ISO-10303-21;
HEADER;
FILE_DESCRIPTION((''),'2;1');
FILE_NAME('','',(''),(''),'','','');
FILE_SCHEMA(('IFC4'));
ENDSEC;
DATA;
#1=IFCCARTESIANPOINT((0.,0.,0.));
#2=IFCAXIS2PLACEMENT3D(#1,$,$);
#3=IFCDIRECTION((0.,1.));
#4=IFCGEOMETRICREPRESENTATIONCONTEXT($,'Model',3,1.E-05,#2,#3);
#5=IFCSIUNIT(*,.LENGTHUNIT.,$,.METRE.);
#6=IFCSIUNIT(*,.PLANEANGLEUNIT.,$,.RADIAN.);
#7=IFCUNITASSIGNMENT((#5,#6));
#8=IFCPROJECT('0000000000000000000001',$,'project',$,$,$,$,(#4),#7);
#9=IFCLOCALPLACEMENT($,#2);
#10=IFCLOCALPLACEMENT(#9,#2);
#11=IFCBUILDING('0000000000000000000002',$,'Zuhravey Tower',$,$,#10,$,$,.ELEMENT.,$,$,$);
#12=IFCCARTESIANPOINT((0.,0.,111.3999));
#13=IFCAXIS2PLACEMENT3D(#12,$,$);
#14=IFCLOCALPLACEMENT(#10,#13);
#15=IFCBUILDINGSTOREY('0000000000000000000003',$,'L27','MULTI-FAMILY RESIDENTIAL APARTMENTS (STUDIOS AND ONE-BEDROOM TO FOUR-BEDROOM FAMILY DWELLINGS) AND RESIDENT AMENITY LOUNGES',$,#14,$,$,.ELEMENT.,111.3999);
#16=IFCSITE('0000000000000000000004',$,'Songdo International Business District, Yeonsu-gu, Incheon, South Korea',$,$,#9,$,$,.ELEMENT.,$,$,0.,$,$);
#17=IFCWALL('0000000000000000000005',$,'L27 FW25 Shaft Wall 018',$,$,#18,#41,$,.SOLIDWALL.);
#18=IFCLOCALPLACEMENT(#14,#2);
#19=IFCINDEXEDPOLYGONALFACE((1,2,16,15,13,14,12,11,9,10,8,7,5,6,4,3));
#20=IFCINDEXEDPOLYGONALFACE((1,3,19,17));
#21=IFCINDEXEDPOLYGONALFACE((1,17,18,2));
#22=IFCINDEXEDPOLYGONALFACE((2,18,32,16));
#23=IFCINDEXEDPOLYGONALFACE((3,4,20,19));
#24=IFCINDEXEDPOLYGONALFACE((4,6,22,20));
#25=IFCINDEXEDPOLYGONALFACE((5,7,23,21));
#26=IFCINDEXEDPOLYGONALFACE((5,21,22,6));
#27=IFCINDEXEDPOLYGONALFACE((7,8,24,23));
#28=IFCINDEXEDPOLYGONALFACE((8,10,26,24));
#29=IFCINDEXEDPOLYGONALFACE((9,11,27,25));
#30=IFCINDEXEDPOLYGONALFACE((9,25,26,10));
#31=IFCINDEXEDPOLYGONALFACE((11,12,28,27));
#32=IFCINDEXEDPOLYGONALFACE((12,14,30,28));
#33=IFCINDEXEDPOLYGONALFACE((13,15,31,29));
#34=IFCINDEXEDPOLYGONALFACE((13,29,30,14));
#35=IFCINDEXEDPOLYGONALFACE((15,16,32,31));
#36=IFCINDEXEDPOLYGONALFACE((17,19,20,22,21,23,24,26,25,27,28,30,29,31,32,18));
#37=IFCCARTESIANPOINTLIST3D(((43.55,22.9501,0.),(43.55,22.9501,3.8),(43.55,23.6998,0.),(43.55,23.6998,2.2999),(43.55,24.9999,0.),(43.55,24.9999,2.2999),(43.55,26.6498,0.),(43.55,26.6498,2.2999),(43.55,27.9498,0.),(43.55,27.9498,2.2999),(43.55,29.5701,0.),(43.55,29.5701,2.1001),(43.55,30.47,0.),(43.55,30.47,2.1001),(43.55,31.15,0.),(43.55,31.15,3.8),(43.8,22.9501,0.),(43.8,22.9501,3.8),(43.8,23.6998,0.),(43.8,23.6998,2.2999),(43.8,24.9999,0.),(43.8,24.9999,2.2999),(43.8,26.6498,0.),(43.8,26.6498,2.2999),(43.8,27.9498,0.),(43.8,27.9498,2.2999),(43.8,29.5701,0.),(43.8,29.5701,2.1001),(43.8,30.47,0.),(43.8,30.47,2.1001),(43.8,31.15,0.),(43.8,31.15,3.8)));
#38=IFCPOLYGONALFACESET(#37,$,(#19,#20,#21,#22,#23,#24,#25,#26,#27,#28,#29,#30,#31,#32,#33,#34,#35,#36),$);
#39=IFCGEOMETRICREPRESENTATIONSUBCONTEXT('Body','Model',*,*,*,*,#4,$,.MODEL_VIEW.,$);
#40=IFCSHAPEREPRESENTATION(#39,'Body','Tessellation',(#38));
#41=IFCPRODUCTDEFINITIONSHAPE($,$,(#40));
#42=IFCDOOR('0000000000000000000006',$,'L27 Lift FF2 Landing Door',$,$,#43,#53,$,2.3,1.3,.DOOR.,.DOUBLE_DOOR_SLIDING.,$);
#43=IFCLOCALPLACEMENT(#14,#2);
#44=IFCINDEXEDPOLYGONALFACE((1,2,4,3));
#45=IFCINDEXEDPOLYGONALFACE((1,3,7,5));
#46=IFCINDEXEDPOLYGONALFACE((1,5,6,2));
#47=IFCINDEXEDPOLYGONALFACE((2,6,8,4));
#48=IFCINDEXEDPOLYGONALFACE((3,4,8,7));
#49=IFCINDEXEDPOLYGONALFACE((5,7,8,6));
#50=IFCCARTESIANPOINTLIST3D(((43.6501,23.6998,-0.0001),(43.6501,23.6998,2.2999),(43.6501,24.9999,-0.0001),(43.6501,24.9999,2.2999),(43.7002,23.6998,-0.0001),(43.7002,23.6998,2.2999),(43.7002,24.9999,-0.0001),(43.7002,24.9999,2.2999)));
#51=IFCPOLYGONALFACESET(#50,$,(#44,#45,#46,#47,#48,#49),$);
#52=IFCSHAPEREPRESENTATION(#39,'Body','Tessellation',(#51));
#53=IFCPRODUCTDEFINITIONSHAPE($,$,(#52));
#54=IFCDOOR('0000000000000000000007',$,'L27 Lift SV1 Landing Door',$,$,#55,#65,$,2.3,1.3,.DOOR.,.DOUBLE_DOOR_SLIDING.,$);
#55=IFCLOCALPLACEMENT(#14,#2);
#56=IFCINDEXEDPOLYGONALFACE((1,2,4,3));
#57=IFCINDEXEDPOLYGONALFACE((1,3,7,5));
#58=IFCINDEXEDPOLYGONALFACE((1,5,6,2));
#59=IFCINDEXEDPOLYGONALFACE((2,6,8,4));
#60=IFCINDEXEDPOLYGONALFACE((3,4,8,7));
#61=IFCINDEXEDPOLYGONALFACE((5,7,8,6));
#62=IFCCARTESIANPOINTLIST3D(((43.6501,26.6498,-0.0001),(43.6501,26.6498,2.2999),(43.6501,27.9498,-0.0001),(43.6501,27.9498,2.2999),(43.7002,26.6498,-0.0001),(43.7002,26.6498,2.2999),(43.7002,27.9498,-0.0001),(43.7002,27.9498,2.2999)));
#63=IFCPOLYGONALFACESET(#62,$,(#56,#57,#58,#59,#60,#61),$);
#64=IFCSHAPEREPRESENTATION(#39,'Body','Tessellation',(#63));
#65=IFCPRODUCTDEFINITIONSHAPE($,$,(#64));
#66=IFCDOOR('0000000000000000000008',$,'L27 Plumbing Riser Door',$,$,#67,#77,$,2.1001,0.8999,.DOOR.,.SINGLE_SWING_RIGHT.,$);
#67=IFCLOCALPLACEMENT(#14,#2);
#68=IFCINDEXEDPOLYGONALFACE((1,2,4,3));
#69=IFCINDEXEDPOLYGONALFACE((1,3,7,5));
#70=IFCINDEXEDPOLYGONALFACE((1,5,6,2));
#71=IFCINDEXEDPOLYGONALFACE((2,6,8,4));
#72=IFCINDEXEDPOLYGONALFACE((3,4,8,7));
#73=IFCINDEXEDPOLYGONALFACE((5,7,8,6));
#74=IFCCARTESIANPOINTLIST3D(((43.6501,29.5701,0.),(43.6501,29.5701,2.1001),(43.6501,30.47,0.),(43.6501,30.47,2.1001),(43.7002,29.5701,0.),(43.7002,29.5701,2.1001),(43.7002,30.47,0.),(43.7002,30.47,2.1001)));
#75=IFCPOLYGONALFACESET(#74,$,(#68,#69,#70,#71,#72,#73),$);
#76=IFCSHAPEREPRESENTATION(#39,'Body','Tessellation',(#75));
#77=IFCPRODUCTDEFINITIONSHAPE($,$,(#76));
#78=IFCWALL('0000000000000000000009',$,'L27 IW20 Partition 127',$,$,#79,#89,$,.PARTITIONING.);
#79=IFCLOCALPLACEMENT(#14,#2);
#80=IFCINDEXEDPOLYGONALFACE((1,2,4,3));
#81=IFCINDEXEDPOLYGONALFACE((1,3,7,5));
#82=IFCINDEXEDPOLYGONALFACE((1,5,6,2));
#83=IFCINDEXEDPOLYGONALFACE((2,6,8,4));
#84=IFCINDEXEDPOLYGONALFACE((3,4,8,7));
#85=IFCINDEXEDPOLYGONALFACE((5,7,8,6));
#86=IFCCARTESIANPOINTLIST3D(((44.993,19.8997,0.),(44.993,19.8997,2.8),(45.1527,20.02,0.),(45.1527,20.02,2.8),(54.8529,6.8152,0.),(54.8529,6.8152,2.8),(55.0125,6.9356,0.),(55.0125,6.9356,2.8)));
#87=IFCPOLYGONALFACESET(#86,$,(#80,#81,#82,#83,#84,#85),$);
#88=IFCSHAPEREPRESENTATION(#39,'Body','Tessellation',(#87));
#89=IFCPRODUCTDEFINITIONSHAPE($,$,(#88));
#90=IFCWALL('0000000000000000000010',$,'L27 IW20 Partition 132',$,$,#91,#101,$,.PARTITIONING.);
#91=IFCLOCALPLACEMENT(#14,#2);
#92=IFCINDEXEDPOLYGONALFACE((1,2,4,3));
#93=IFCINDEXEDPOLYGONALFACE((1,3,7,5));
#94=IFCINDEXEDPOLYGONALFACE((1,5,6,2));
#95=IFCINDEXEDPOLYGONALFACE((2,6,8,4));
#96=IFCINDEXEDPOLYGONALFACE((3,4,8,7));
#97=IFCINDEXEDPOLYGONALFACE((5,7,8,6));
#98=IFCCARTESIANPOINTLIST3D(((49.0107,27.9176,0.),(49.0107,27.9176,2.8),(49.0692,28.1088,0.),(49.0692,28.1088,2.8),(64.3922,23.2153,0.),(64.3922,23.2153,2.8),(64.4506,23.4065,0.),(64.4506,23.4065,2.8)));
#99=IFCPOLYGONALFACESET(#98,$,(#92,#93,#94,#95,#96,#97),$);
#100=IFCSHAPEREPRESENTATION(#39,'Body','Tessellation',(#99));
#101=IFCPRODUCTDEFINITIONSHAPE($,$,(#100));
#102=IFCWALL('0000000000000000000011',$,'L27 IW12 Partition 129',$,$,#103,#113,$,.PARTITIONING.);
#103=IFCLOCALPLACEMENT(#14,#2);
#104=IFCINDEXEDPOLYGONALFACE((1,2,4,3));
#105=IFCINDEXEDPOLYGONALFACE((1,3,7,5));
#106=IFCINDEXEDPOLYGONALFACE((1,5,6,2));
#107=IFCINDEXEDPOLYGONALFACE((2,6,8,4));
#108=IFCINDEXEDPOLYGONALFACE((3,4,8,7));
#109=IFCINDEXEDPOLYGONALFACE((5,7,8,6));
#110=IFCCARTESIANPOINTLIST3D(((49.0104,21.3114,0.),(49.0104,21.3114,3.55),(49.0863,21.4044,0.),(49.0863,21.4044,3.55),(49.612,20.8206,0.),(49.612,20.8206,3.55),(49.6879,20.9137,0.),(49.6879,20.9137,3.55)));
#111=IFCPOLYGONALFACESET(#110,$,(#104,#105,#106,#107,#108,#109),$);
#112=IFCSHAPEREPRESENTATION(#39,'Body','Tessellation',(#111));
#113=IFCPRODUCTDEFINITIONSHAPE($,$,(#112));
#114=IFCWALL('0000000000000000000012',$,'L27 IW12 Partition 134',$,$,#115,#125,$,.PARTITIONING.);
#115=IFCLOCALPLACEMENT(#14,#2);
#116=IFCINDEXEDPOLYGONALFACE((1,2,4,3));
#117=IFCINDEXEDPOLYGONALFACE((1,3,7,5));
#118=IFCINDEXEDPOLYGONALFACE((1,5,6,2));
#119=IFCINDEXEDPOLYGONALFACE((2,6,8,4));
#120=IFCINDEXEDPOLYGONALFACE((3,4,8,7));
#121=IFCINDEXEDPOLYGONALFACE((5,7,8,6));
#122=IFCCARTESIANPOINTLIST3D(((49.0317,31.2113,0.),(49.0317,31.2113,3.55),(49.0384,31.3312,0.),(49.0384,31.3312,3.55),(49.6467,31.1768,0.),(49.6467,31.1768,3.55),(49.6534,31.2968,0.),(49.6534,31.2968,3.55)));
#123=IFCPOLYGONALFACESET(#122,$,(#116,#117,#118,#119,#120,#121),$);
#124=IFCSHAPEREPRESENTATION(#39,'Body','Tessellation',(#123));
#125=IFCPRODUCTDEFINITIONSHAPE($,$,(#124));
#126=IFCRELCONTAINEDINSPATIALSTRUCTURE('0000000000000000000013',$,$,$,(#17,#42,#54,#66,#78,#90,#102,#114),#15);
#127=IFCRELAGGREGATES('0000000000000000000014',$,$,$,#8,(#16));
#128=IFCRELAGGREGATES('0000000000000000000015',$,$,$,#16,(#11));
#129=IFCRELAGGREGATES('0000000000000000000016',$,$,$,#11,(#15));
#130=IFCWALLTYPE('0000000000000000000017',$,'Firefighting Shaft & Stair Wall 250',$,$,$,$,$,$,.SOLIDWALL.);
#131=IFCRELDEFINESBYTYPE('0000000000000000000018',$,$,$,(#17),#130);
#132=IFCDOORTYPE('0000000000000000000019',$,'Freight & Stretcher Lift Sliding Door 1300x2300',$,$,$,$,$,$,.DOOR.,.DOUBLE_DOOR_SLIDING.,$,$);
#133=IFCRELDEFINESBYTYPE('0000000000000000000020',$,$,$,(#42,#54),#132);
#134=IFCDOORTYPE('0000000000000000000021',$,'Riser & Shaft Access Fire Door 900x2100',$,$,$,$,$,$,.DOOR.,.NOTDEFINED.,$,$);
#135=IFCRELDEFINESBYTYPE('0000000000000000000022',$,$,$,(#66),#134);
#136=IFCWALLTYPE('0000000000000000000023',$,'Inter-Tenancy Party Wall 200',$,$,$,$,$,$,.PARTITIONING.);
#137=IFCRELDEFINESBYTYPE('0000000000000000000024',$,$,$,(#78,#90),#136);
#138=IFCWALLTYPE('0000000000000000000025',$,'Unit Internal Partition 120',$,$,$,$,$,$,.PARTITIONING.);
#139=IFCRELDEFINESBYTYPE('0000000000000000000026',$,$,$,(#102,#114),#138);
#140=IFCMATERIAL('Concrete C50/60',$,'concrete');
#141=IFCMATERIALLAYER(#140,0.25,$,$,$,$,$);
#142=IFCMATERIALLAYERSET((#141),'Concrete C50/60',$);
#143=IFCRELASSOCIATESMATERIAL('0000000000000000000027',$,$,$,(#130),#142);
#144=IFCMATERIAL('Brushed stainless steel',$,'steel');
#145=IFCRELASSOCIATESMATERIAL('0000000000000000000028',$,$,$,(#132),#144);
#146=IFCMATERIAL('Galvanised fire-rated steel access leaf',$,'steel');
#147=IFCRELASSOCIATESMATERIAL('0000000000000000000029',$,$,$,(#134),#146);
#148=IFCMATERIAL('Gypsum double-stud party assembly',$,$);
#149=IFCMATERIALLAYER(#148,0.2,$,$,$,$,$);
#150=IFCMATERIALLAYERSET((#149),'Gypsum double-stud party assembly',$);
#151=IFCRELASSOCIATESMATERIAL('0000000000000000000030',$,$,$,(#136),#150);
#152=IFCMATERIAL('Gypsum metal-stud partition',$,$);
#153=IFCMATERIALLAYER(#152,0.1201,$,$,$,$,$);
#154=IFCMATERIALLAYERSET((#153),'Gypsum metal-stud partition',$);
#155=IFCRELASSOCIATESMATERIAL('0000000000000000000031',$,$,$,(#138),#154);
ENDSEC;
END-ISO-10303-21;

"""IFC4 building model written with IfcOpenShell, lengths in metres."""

from ifc_helpers import new_model, si_unit, direction, frame, frame_2d, origin, place, context, subcontext, project, spatial, rectangle, extrude, material, layer, layer_set, type_object, element, fill, save


model = new_model("IFC4")

# Units and contexts
model_context = context("Model", 3, precision=1e-05, world=origin(), true_north=direction((0.0, 1.0)))
body_context = subcontext(model_context, "Body", "Model", "MODEL_VIEW")
ifc_project = project(units=[si_unit("LENGTHUNIT", "METRE"), si_unit("PLANEANGLEUNIT", "RADIAN")], contexts=[model_context])

# Site, building, storey
site_placement = place(None, origin())
site = spatial("IfcSite", under=ifc_project, at=site_placement, Name="Songdo International Business District, Yeonsu-gu, Incheon, South Korea", CompositionType="ELEMENT", RefElevation=0.0)
building_placement = place(site_placement, origin())
building = spatial("IfcBuilding", under=site, at=building_placement, Name="Zuhravey Tower", CompositionType="ELEMENT")
storey_placement = place(building_placement, frame((0.0, 0.0, 111.3999)))
storey = spatial("IfcBuildingStorey", under=building, at=storey_placement, Name="L27", Description="MULTI-FAMILY RESIDENTIAL APARTMENTS (STUDIOS AND ONE-BEDROOM TO FOUR-BEDROOM FAMILY DWELLINGS) AND RESIDENT AMENITY LOUNGES", CompositionType="ELEMENT", Elevation=111.3999)

# Shared definitions
ifc_material_1 = material(Name="Concrete C50/60", Category="concrete")
ifc_layer_1 = layer(ifc_material_1, 0.25)
ifc_layer_set_1 = layer_set([ifc_layer_1], Name="Concrete C50/60")
wall_type_1 = type_object("IfcWallType", Name="Firefighting Shaft & Stair Wall 250", PredefinedType="SOLIDWALL", material=ifc_layer_set_1)

# Wall, openings, doors
wall_1_placement = place(storey_placement, frame((43.675, 22.95, 0.0), z_axis=(0.0, 0.0, 1.0), x_axis=(0.0, 1.0, 0.0)))
wall_1 = element("IfcWall", 1, at=wall_1_placement, inside=storey, type_object=wall_type_1, Name="L27 FW25 Shaft Wall 018", PredefinedType="SOLIDWALL", context=body_context, shape_type="SweptSolid", body=[
    extrude(rectangle(XDim=8.2, YDim=0.25, at=frame_2d((4.1001, 0.0))), origin(), (0.0, 0.0, 1.0), 3.8),
])
opening_1_placement = place(wall_1_placement, frame((0.75, 0.0, 0.0)))
opening_1 = element("IfcOpeningElement", 2, at=opening_1_placement, cuts=wall_1, PredefinedType="OPENING", context=body_context, shape_type="SweptSolid", body=[
    extrude(rectangle(XDim=1.3, YDim=2.3, at=frame_2d((0.6499, 1.1499))), frame((0.0, 0.137, 0.0), z_axis=(0.0, -1.0, 0.0), x_axis=(1.0, 0.0, 0.0)), (0.0, 0.0, 1.0), 0.2739),
])
opening_2_placement = place(wall_1_placement, frame((3.7, 0.0, 0.0)))
opening_2 = element("IfcOpeningElement", 3, at=opening_2_placement, cuts=wall_1, PredefinedType="OPENING", context=body_context, shape_type="SweptSolid", body=[
    extrude(rectangle(XDim=1.3, YDim=2.3, at=frame_2d((0.6499, 1.1499))), frame((0.0, 0.137, 0.0), z_axis=(0.0, -1.0, 0.0), x_axis=(1.0, 0.0, 0.0)), (0.0, 0.0, 1.0), 0.2739),
])
opening_3_placement = place(wall_1_placement, frame((6.6201, 0.0, 0.0)))
opening_3 = element("IfcOpeningElement", 4, at=opening_3_placement, cuts=wall_1, PredefinedType="OPENING", context=body_context, shape_type="SweptSolid", body=[
    extrude(rectangle(XDim=0.8999, YDim=2.1001, at=frame_2d((0.45, 1.05))), frame((0.0, 0.137, 0.0), z_axis=(0.0, -1.0, 0.0), x_axis=(1.0, 0.0, 0.0)), (0.0, 0.0, 1.0), 0.2739),
])
ifc_material_2 = material(Name="Brushed stainless steel", Category="steel")
door_type_1 = type_object("IfcDoorType", Name="Freight & Stretcher Lift Sliding Door 1300x2300", OperationType="DOUBLE_DOOR_SLIDING", PredefinedType="DOOR", material=ifc_material_2)
door_1_placement = place(opening_1_placement, origin())
door_1 = element("IfcDoor", 5, at=door_1_placement, inside=storey, type_object=door_type_1, Name="L27 Lift FF2 Landing Door", OperationType="DOUBLE_DOOR_SLIDING", OverallHeight=2.3, OverallWidth=1.3, PredefinedType="DOOR", context=body_context, shape_type="SweptSolid", body=[
    extrude(rectangle(XDim=1.3, YDim=2.3, at=frame_2d((0.6499, 1.1499))), frame((0.0, 0.0249, 0.0), z_axis=(0.0, -1.0, 0.0), x_axis=(1.0, 0.0, 0.0)), (0.0, 0.0, 1.0), 0.05),
])
fill(opening_1, door_1)
door_2_placement = place(opening_2_placement, origin())
door_2 = element("IfcDoor", 6, at=door_2_placement, inside=storey, type_object=door_type_1, Name="L27 Lift SV1 Landing Door", OperationType="DOUBLE_DOOR_SLIDING", OverallHeight=2.3, OverallWidth=1.3, PredefinedType="DOOR", context=body_context, shape_type="SweptSolid", body=[
    extrude(rectangle(XDim=1.3, YDim=2.3, at=frame_2d((0.6499, 1.1499))), frame((0.0, 0.0249, 0.0), z_axis=(0.0, -1.0, 0.0), x_axis=(1.0, 0.0, 0.0)), (0.0, 0.0, 1.0), 0.05),
])
fill(opening_2, door_2)
ifc_material_3 = material(Name="Galvanised fire-rated steel access leaf", Category="steel")
door_type_2 = type_object("IfcDoorType", Name="Riser & Shaft Access Fire Door 900x2100", OperationType="NOTDEFINED", PredefinedType="DOOR", material=ifc_material_3)
door_3_placement = place(opening_3_placement, origin())
door_3 = element("IfcDoor", 7, at=door_3_placement, inside=storey, type_object=door_type_2, Name="L27 Plumbing Riser Door", OperationType="SINGLE_SWING_RIGHT", OverallHeight=2.1001, OverallWidth=0.8999, PredefinedType="DOOR", context=body_context, shape_type="SweptSolid", body=[
    extrude(rectangle(XDim=0.8999, YDim=2.1001, at=frame_2d((0.45, 1.05))), frame((0.0, 0.0249, 0.0), z_axis=(0.0, -1.0, 0.0), x_axis=(1.0, 0.0, 0.0)), (0.0, 0.0, 1.0), 0.05),
])
fill(opening_3, door_3)

# Walls
ifc_material_4 = material(Name="Gypsum double-stud party assembly")
ifc_layer_2 = layer(ifc_material_4, 0.2)
ifc_layer_set_2 = layer_set([ifc_layer_2], Name="Gypsum double-stud party assembly")
wall_type_2 = type_object("IfcWallType", Name="Inter-Tenancy Party Wall 200", PredefinedType="PARTITIONING", material=ifc_layer_set_2)
wall_2_placement = place(storey_placement, frame((45.0728, 19.96, 0.0), z_axis=(0.0, 0.0, 1.0), x_axis=(0.601815, -0.798635, 0.0)))
element("IfcWall", 8, at=wall_2_placement, inside=storey, type_object=wall_type_2, Name="L27 IW20 Partition 127", PredefinedType="PARTITIONING", context=body_context, shape_type="SweptSolid", body=[
    extrude(rectangle(XDim=16.3835, YDim=0.2, at=frame_2d((8.1919, 0.0))), origin(), (0.0, 0.0, 1.0), 2.8),
])
wall_3_placement = place(storey_placement, frame((49.04, 28.0132, 0.0), z_axis=(0.0, 0.0, 1.0), x_axis=(0.956309, -0.292359, 0.0)))
element("IfcWall", 9, at=wall_3_placement, inside=storey, type_object=wall_type_2, Name="L27 IW20 Partition 132", PredefinedType="PARTITIONING", context=body_context, shape_type="SweptSolid", body=[
    extrude(rectangle(XDim=16.0842, YDim=0.2, at=frame_2d((8.042, 0.0))), origin(), (0.0, 0.0, 1.0), 2.8),
])
ifc_material_5 = material(Name="Gypsum metal-stud partition")
ifc_layer_3 = layer(ifc_material_5, 0.1201)
ifc_layer_set_3 = layer_set([ifc_layer_3], Name="Gypsum metal-stud partition")
wall_type_3 = type_object("IfcWallType", Name="Unit Internal Partition 120", PredefinedType="PARTITIONING", material=ifc_layer_set_3)
wall_4_placement = place(storey_placement, frame((49.0483, 21.3579, 0.0), z_axis=(0.0, 0.0, 1.0), x_axis=(0.774881, -0.632107, 0.0)))
element("IfcWall", 10, at=wall_4_placement, inside=storey, type_object=wall_type_3, Name="L27 IW12 Partition 129", PredefinedType="PARTITIONING", context=body_context, shape_type="SweptSolid", body=[
    extrude(rectangle(XDim=0.7764, YDim=0.1201, at=frame_2d((0.3882, 0.0))), origin(), (0.0, 0.0, 1.0), 3.55),
])
wall_5_placement = place(storey_placement, frame((49.0349, 31.2712, 0.0), z_axis=(0.0, 0.0, 1.0), x_axis=(0.998437, -0.055887, 0.0)))
element("IfcWall", 11, at=wall_5_placement, inside=storey, type_object=wall_type_3, Name="L27 IW12 Partition 134", PredefinedType="PARTITIONING", context=body_context, shape_type="SweptSolid", body=[
    extrude(rectangle(XDim=0.616, YDim=0.1201, at=frame_2d((0.3081, 0.0))), origin(), (0.0, 0.0, 1.0), 3.55),
])

save(model, "model.ifc")
